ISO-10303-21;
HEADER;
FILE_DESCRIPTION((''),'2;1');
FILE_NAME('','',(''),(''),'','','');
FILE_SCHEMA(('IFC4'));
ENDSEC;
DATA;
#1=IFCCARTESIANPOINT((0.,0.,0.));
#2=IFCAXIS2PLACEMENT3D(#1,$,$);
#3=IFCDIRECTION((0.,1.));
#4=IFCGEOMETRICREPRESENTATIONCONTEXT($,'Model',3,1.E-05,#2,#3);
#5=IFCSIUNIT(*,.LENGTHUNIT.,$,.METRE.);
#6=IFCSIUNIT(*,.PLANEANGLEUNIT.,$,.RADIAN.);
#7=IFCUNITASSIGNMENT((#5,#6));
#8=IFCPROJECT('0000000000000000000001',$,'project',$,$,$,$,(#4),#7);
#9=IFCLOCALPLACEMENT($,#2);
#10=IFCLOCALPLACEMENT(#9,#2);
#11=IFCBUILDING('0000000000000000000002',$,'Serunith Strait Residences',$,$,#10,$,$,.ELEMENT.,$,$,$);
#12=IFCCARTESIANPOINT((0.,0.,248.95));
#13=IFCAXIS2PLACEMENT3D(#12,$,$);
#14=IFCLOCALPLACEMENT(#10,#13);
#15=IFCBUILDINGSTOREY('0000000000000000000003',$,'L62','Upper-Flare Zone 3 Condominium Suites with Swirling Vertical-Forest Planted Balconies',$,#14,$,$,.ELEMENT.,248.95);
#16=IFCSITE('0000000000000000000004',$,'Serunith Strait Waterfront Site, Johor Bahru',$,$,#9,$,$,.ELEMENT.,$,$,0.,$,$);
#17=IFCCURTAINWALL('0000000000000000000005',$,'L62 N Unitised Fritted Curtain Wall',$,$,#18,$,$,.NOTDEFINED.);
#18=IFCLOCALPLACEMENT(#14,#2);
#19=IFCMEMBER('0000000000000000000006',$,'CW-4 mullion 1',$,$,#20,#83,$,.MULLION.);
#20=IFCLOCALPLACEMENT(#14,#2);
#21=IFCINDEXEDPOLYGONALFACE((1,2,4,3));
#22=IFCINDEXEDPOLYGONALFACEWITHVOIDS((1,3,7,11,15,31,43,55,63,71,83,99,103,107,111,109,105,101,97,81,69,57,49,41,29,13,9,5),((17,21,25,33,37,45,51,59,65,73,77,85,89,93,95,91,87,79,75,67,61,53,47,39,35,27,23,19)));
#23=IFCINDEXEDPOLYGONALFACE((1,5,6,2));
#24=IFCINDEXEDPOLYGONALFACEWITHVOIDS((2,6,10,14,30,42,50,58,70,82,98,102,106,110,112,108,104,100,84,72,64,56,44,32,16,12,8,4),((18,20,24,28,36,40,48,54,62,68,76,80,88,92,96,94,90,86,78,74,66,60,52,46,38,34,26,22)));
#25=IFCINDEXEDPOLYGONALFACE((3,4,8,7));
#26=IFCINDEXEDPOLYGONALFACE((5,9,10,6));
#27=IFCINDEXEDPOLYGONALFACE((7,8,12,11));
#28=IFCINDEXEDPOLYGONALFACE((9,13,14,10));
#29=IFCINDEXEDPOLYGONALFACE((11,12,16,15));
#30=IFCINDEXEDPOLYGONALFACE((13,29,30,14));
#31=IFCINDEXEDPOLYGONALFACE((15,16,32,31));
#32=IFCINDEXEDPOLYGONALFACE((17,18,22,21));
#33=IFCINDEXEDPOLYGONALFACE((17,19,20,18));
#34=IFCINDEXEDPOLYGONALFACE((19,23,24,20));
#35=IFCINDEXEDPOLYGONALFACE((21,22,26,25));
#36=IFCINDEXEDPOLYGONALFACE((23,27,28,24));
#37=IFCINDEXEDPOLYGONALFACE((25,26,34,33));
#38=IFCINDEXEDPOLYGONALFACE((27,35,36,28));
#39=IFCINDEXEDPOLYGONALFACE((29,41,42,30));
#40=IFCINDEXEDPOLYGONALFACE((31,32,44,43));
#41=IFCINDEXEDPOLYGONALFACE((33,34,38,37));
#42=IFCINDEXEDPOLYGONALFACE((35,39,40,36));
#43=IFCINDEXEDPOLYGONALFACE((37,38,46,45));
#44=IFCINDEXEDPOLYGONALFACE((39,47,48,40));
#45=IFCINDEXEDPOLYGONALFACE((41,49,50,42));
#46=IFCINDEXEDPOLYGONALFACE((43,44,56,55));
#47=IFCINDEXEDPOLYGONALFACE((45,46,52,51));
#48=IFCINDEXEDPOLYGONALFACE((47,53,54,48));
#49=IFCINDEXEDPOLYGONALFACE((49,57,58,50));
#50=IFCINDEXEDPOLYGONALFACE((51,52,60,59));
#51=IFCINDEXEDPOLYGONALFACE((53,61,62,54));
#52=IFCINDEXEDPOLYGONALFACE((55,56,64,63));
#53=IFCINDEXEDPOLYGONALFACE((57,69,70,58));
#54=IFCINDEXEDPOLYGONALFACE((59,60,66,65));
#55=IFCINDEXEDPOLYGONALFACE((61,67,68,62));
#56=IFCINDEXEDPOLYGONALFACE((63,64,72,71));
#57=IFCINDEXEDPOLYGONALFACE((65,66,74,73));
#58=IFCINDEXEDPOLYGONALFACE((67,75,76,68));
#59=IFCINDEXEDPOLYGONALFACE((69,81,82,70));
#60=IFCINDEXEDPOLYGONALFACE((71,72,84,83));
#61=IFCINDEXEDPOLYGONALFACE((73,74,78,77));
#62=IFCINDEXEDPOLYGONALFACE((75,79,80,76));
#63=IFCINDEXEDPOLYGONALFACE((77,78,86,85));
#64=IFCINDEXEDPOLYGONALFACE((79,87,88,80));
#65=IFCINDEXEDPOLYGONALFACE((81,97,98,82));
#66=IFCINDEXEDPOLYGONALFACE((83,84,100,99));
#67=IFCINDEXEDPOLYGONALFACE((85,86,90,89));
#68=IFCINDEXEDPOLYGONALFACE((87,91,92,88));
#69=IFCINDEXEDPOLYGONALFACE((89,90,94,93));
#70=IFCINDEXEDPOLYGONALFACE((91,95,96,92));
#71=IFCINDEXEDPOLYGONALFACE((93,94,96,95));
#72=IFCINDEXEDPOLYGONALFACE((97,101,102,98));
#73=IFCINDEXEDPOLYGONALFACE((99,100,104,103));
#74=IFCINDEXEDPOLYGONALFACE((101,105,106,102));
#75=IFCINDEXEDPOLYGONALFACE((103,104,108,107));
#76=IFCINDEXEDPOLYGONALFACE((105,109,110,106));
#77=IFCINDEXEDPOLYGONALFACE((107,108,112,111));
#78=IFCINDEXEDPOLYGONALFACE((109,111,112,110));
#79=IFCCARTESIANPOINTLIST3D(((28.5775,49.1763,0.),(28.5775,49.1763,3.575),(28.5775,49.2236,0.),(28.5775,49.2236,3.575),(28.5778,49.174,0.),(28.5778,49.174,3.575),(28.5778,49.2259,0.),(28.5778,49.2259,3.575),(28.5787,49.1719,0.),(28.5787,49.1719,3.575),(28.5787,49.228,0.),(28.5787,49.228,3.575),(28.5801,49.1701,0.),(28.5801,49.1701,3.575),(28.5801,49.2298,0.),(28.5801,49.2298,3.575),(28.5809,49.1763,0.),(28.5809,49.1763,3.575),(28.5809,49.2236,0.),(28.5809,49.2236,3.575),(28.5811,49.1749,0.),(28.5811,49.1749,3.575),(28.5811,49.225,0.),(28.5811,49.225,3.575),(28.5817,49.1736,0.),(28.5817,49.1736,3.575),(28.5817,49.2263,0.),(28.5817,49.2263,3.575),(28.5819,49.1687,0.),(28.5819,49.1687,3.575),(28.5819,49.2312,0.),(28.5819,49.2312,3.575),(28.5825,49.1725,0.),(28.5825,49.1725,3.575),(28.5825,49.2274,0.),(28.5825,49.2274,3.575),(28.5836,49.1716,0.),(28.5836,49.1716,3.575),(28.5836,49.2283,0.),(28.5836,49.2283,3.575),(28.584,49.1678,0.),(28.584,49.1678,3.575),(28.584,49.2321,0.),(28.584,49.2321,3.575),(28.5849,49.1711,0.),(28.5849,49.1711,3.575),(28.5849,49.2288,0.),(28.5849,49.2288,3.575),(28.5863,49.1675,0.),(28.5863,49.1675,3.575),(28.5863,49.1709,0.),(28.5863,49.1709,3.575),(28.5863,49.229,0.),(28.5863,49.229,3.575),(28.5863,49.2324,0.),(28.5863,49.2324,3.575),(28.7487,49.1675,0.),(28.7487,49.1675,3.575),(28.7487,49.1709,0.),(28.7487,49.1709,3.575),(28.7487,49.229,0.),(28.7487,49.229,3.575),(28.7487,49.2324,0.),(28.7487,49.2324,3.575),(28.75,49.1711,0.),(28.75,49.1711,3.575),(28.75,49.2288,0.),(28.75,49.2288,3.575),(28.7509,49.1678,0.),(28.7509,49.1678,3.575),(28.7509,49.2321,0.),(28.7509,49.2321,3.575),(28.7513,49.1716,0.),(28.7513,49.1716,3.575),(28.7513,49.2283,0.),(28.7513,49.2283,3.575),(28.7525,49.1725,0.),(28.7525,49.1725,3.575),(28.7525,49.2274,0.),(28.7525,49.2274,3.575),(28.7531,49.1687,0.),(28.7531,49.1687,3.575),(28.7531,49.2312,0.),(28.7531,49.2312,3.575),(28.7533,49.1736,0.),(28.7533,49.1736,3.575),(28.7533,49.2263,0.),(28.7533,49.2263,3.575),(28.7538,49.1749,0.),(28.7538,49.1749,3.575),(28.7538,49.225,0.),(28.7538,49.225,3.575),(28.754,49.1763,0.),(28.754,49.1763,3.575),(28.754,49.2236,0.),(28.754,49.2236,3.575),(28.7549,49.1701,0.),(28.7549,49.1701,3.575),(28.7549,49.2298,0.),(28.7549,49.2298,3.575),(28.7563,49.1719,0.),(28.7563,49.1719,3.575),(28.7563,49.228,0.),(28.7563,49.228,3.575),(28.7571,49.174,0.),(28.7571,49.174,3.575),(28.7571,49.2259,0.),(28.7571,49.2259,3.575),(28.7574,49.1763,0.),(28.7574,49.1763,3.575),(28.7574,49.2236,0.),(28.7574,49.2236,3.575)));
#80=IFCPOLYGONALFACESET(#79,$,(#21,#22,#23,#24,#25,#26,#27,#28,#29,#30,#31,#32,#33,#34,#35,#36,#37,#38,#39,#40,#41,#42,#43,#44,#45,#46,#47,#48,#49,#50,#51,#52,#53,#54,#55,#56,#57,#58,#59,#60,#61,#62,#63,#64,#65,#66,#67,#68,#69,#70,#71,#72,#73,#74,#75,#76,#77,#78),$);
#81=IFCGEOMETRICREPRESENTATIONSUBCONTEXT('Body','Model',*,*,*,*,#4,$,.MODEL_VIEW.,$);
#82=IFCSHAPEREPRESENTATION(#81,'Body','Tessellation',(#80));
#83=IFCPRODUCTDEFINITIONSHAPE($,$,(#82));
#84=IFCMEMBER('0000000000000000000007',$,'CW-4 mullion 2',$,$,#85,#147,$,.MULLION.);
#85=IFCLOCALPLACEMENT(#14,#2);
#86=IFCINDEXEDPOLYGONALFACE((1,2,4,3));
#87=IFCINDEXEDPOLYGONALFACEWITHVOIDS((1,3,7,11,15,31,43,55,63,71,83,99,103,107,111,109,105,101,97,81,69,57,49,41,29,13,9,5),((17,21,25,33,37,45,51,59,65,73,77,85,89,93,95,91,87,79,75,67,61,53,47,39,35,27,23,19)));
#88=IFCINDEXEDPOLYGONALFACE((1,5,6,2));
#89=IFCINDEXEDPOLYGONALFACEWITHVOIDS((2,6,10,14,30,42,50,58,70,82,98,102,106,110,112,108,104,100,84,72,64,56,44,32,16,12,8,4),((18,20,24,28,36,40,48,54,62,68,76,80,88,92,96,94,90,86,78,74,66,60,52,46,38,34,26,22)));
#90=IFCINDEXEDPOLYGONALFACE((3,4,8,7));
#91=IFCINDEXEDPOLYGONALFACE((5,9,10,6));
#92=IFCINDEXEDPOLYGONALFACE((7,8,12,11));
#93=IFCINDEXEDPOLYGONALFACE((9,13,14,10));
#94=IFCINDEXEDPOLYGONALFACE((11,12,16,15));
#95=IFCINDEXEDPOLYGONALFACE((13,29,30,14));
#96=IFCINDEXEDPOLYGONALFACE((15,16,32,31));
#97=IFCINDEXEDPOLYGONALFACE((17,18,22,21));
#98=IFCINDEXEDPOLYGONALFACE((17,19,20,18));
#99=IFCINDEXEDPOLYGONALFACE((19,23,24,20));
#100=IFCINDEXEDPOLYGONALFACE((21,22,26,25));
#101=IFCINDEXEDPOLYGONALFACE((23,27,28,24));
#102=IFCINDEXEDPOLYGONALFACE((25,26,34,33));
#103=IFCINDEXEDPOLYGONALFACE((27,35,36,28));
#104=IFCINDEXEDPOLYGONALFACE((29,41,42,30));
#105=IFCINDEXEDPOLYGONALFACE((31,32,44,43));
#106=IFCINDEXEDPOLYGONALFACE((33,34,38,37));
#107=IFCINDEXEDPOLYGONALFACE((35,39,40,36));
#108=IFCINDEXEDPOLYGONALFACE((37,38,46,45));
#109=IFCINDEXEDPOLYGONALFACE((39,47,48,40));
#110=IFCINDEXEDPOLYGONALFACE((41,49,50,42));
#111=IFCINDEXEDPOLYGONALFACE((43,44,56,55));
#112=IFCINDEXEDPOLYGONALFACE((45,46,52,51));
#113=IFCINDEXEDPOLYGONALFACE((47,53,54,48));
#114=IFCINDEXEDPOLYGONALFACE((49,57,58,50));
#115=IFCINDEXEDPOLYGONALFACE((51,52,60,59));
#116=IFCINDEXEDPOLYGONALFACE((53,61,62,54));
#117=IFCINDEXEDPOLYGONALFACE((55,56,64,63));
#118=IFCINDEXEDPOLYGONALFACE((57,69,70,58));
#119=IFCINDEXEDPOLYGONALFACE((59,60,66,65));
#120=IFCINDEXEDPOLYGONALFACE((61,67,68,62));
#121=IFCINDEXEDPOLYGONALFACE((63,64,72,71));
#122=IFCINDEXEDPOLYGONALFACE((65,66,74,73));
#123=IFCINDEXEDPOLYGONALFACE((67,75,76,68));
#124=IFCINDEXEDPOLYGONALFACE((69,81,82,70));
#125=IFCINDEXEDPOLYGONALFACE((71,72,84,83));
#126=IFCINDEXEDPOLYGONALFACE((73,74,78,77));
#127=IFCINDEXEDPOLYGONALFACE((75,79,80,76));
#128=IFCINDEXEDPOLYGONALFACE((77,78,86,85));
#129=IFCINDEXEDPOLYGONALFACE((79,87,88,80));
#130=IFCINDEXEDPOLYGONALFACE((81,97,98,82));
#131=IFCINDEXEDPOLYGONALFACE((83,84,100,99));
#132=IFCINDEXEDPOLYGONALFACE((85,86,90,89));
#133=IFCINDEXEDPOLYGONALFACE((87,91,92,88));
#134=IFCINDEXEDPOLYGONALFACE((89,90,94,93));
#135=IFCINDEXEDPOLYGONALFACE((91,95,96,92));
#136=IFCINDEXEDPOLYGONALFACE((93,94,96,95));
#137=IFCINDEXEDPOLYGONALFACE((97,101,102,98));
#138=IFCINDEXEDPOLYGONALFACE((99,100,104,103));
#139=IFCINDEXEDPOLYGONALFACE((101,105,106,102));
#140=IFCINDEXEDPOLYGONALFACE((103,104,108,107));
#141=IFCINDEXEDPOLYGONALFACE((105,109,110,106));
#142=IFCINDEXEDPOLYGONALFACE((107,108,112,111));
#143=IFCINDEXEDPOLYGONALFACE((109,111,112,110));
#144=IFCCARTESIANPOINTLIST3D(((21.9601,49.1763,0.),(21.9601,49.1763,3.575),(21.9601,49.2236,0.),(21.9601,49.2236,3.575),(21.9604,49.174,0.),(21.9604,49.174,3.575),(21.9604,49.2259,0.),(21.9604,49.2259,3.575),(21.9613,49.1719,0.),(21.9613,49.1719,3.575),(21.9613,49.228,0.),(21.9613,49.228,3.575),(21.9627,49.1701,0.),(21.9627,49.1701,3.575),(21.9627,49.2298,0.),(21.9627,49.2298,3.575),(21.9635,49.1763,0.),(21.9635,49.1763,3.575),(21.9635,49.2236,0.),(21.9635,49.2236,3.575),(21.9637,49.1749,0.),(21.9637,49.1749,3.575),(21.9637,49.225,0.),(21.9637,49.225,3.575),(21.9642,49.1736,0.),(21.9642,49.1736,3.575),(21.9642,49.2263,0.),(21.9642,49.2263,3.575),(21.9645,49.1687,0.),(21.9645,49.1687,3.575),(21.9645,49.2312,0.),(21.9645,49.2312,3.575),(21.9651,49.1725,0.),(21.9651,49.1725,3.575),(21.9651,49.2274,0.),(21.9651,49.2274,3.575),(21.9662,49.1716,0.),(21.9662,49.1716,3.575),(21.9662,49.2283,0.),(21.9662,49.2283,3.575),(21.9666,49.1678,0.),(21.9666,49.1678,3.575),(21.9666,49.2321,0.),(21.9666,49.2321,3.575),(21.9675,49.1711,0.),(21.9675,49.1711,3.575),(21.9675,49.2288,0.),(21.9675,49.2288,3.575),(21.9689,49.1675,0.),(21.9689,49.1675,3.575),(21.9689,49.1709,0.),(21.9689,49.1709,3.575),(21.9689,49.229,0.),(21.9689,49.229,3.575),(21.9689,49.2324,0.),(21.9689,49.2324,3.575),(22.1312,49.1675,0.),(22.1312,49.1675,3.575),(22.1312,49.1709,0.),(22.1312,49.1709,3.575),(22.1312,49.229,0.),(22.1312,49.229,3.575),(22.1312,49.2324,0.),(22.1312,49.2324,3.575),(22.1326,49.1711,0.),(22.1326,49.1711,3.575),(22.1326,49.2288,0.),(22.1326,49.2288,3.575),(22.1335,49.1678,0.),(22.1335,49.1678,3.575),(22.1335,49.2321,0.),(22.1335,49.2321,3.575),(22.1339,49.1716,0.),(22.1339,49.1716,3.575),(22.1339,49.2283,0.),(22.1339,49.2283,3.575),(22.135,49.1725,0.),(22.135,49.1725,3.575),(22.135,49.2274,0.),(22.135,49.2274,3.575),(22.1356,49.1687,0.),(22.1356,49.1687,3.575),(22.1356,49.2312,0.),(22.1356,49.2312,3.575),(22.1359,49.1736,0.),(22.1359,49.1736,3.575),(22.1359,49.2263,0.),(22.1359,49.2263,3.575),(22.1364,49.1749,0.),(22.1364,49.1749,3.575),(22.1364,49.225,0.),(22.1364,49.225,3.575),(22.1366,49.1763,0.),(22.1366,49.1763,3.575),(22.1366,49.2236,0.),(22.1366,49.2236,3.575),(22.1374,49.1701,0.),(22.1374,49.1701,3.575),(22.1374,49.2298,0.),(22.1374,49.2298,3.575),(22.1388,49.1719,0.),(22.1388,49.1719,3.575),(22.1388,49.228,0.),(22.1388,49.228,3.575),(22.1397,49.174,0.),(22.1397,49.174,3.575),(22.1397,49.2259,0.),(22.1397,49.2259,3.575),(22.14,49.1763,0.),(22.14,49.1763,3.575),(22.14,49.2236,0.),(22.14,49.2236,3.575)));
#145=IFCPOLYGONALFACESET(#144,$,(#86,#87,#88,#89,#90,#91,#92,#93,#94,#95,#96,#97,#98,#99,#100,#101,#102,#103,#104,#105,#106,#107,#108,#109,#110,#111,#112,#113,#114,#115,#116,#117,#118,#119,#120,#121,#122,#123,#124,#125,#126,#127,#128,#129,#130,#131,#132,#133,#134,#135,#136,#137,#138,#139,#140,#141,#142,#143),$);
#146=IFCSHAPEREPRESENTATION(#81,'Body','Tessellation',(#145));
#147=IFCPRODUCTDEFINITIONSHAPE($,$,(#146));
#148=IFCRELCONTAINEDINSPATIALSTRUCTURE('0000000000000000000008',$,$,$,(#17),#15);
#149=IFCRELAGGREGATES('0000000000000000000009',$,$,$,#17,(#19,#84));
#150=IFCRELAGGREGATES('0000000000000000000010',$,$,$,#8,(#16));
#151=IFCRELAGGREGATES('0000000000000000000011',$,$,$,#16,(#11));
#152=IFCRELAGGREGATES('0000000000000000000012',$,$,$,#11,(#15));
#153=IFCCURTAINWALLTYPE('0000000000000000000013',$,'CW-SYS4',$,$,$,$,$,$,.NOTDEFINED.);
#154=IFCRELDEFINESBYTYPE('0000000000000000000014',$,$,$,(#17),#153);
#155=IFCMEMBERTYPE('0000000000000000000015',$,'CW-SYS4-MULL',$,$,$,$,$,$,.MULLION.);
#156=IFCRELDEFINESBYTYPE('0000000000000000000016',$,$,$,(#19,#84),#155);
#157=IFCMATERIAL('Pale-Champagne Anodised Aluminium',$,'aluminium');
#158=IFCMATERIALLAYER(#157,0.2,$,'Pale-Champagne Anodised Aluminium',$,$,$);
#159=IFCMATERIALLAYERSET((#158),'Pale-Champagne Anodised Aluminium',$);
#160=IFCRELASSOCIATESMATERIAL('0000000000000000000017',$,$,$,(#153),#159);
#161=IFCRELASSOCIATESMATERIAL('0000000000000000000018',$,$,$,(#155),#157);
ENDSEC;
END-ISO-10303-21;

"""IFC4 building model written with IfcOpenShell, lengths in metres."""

from ifc_helpers import new_model, si_unit, direction, frame, origin, origin_2d, place, context, subcontext, project, spatial, hollow_rectangle, extrude, source, transform, mapped, material, layer, layer_set, material_profile, profile_set, type_object, element, aggregate, save


model = new_model("IFC4")

# Units and contexts
model_context = context("Model", 3, precision=1e-05, world=origin(), true_north=direction((0.0, 1.0)))
body_context = subcontext(model_context, "Body", "Model", "MODEL_VIEW")
ifc_project = project(units=[si_unit("LENGTHUNIT", "METRE"), si_unit("PLANEANGLEUNIT", "RADIAN")], contexts=[model_context])

# Site, building, storey
site_placement = place(None, origin())
site = spatial("IfcSite", under=ifc_project, at=site_placement, Name="Serunith Strait Waterfront Site, Johor Bahru", CompositionType="ELEMENT", RefElevation=0.0)
building_placement = place(site_placement, origin())
building = spatial("IfcBuilding", under=site, at=building_placement, Name="Serunith Strait Residences", CompositionType="ELEMENT")
storey_placement = place(building_placement, frame((0.0, 0.0, 248.95)))
storey = spatial("IfcBuildingStorey", under=building, at=storey_placement, Name="L62", Description="Upper-Flare Zone 3 Condominium Suites with Swirling Vertical-Forest Planted Balconies", CompositionType="ELEMENT", Elevation=248.95)

# Curtain wall, members
ifc_material_1 = material(Name="Pale-Champagne Anodised Aluminium", Category="aluminium")
ifc_layer_1 = layer(ifc_material_1, 0.2, Name="Pale-Champagne Anodised Aluminium")
ifc_layer_set_1 = layer_set([ifc_layer_1], Name="Pale-Champagne Anodised Aluminium")
curtain_wall_type = type_object("IfcCurtainWallType", Name="CW-SYS4", PredefinedType="NOTDEFINED", material=ifc_layer_set_1)
curtain_wall_placement = place(storey_placement, origin())
curtain_wall = element("IfcCurtainWall", 1, at=curtain_wall_placement, inside=storey, type_object=curtain_wall_type, Name="L62 N Unitised Fritted Curtain Wall", PredefinedType="NOTDEFINED")
ifc_material_profile_1 = material_profile(ifc_material_1, hollow_rectangle(XDim=0.0649, YDim=0.1799, WallThickness=0.0034, InnerFilletRadius=0.0054, OuterFilletRadius=0.0088, at=origin_2d()), Name="ALU 180x65x3.5")
ifc_profile_set_1 = profile_set([ifc_material_profile_1], Name="Pale-Champagne Anodised Aluminium")
member_type_1 = type_object("IfcMemberType", Name="CW-SYS4-MULL", PredefinedType="MULLION", material=ifc_profile_set_1)
shared_shape_1 = source(origin(), body_context, "Body", "SweptSolid", [
    extrude(hollow_rectangle(XDim=0.0649, YDim=0.1799, WallThickness=0.0034, InnerFilletRadius=0.0054, OuterFilletRadius=0.0088, at=origin_2d()), origin(), (0.0, 0.0, 1.0), 3.575),
])
member_1_placement = place(storey_placement, frame((28.6675, 49.2, 0.0), z_axis=(0.0, 0.0, 1.0), x_axis=(0.0, -1.0, 0.0)))
member_1 = element("IfcMember", 2, at=member_1_placement, type_object=member_type_1, Name="CW-4 mullion 1", PredefinedType="MULLION", context=body_context, shape_type="MappedRepresentation", body=[
    mapped(shared_shape_1, transform((0.0, 0.0, 0.0), scale=1.0)),
])
member_2_placement = place(storey_placement, frame((22.05, 49.2, 0.0), z_axis=(0.0, 0.0, 1.0), x_axis=(0.0, -1.0, 0.0)))
member_2 = element("IfcMember", 3, at=member_2_placement, type_object=member_type_1, Name="CW-4 mullion 2", PredefinedType="MULLION", context=body_context, shape_type="MappedRepresentation", body=[
    mapped(shared_shape_1, transform((0.0, 0.0, 0.0), scale=1.0)),
])
aggregate(curtain_wall, [member_1, member_2])

save(model, "model.ifc")
